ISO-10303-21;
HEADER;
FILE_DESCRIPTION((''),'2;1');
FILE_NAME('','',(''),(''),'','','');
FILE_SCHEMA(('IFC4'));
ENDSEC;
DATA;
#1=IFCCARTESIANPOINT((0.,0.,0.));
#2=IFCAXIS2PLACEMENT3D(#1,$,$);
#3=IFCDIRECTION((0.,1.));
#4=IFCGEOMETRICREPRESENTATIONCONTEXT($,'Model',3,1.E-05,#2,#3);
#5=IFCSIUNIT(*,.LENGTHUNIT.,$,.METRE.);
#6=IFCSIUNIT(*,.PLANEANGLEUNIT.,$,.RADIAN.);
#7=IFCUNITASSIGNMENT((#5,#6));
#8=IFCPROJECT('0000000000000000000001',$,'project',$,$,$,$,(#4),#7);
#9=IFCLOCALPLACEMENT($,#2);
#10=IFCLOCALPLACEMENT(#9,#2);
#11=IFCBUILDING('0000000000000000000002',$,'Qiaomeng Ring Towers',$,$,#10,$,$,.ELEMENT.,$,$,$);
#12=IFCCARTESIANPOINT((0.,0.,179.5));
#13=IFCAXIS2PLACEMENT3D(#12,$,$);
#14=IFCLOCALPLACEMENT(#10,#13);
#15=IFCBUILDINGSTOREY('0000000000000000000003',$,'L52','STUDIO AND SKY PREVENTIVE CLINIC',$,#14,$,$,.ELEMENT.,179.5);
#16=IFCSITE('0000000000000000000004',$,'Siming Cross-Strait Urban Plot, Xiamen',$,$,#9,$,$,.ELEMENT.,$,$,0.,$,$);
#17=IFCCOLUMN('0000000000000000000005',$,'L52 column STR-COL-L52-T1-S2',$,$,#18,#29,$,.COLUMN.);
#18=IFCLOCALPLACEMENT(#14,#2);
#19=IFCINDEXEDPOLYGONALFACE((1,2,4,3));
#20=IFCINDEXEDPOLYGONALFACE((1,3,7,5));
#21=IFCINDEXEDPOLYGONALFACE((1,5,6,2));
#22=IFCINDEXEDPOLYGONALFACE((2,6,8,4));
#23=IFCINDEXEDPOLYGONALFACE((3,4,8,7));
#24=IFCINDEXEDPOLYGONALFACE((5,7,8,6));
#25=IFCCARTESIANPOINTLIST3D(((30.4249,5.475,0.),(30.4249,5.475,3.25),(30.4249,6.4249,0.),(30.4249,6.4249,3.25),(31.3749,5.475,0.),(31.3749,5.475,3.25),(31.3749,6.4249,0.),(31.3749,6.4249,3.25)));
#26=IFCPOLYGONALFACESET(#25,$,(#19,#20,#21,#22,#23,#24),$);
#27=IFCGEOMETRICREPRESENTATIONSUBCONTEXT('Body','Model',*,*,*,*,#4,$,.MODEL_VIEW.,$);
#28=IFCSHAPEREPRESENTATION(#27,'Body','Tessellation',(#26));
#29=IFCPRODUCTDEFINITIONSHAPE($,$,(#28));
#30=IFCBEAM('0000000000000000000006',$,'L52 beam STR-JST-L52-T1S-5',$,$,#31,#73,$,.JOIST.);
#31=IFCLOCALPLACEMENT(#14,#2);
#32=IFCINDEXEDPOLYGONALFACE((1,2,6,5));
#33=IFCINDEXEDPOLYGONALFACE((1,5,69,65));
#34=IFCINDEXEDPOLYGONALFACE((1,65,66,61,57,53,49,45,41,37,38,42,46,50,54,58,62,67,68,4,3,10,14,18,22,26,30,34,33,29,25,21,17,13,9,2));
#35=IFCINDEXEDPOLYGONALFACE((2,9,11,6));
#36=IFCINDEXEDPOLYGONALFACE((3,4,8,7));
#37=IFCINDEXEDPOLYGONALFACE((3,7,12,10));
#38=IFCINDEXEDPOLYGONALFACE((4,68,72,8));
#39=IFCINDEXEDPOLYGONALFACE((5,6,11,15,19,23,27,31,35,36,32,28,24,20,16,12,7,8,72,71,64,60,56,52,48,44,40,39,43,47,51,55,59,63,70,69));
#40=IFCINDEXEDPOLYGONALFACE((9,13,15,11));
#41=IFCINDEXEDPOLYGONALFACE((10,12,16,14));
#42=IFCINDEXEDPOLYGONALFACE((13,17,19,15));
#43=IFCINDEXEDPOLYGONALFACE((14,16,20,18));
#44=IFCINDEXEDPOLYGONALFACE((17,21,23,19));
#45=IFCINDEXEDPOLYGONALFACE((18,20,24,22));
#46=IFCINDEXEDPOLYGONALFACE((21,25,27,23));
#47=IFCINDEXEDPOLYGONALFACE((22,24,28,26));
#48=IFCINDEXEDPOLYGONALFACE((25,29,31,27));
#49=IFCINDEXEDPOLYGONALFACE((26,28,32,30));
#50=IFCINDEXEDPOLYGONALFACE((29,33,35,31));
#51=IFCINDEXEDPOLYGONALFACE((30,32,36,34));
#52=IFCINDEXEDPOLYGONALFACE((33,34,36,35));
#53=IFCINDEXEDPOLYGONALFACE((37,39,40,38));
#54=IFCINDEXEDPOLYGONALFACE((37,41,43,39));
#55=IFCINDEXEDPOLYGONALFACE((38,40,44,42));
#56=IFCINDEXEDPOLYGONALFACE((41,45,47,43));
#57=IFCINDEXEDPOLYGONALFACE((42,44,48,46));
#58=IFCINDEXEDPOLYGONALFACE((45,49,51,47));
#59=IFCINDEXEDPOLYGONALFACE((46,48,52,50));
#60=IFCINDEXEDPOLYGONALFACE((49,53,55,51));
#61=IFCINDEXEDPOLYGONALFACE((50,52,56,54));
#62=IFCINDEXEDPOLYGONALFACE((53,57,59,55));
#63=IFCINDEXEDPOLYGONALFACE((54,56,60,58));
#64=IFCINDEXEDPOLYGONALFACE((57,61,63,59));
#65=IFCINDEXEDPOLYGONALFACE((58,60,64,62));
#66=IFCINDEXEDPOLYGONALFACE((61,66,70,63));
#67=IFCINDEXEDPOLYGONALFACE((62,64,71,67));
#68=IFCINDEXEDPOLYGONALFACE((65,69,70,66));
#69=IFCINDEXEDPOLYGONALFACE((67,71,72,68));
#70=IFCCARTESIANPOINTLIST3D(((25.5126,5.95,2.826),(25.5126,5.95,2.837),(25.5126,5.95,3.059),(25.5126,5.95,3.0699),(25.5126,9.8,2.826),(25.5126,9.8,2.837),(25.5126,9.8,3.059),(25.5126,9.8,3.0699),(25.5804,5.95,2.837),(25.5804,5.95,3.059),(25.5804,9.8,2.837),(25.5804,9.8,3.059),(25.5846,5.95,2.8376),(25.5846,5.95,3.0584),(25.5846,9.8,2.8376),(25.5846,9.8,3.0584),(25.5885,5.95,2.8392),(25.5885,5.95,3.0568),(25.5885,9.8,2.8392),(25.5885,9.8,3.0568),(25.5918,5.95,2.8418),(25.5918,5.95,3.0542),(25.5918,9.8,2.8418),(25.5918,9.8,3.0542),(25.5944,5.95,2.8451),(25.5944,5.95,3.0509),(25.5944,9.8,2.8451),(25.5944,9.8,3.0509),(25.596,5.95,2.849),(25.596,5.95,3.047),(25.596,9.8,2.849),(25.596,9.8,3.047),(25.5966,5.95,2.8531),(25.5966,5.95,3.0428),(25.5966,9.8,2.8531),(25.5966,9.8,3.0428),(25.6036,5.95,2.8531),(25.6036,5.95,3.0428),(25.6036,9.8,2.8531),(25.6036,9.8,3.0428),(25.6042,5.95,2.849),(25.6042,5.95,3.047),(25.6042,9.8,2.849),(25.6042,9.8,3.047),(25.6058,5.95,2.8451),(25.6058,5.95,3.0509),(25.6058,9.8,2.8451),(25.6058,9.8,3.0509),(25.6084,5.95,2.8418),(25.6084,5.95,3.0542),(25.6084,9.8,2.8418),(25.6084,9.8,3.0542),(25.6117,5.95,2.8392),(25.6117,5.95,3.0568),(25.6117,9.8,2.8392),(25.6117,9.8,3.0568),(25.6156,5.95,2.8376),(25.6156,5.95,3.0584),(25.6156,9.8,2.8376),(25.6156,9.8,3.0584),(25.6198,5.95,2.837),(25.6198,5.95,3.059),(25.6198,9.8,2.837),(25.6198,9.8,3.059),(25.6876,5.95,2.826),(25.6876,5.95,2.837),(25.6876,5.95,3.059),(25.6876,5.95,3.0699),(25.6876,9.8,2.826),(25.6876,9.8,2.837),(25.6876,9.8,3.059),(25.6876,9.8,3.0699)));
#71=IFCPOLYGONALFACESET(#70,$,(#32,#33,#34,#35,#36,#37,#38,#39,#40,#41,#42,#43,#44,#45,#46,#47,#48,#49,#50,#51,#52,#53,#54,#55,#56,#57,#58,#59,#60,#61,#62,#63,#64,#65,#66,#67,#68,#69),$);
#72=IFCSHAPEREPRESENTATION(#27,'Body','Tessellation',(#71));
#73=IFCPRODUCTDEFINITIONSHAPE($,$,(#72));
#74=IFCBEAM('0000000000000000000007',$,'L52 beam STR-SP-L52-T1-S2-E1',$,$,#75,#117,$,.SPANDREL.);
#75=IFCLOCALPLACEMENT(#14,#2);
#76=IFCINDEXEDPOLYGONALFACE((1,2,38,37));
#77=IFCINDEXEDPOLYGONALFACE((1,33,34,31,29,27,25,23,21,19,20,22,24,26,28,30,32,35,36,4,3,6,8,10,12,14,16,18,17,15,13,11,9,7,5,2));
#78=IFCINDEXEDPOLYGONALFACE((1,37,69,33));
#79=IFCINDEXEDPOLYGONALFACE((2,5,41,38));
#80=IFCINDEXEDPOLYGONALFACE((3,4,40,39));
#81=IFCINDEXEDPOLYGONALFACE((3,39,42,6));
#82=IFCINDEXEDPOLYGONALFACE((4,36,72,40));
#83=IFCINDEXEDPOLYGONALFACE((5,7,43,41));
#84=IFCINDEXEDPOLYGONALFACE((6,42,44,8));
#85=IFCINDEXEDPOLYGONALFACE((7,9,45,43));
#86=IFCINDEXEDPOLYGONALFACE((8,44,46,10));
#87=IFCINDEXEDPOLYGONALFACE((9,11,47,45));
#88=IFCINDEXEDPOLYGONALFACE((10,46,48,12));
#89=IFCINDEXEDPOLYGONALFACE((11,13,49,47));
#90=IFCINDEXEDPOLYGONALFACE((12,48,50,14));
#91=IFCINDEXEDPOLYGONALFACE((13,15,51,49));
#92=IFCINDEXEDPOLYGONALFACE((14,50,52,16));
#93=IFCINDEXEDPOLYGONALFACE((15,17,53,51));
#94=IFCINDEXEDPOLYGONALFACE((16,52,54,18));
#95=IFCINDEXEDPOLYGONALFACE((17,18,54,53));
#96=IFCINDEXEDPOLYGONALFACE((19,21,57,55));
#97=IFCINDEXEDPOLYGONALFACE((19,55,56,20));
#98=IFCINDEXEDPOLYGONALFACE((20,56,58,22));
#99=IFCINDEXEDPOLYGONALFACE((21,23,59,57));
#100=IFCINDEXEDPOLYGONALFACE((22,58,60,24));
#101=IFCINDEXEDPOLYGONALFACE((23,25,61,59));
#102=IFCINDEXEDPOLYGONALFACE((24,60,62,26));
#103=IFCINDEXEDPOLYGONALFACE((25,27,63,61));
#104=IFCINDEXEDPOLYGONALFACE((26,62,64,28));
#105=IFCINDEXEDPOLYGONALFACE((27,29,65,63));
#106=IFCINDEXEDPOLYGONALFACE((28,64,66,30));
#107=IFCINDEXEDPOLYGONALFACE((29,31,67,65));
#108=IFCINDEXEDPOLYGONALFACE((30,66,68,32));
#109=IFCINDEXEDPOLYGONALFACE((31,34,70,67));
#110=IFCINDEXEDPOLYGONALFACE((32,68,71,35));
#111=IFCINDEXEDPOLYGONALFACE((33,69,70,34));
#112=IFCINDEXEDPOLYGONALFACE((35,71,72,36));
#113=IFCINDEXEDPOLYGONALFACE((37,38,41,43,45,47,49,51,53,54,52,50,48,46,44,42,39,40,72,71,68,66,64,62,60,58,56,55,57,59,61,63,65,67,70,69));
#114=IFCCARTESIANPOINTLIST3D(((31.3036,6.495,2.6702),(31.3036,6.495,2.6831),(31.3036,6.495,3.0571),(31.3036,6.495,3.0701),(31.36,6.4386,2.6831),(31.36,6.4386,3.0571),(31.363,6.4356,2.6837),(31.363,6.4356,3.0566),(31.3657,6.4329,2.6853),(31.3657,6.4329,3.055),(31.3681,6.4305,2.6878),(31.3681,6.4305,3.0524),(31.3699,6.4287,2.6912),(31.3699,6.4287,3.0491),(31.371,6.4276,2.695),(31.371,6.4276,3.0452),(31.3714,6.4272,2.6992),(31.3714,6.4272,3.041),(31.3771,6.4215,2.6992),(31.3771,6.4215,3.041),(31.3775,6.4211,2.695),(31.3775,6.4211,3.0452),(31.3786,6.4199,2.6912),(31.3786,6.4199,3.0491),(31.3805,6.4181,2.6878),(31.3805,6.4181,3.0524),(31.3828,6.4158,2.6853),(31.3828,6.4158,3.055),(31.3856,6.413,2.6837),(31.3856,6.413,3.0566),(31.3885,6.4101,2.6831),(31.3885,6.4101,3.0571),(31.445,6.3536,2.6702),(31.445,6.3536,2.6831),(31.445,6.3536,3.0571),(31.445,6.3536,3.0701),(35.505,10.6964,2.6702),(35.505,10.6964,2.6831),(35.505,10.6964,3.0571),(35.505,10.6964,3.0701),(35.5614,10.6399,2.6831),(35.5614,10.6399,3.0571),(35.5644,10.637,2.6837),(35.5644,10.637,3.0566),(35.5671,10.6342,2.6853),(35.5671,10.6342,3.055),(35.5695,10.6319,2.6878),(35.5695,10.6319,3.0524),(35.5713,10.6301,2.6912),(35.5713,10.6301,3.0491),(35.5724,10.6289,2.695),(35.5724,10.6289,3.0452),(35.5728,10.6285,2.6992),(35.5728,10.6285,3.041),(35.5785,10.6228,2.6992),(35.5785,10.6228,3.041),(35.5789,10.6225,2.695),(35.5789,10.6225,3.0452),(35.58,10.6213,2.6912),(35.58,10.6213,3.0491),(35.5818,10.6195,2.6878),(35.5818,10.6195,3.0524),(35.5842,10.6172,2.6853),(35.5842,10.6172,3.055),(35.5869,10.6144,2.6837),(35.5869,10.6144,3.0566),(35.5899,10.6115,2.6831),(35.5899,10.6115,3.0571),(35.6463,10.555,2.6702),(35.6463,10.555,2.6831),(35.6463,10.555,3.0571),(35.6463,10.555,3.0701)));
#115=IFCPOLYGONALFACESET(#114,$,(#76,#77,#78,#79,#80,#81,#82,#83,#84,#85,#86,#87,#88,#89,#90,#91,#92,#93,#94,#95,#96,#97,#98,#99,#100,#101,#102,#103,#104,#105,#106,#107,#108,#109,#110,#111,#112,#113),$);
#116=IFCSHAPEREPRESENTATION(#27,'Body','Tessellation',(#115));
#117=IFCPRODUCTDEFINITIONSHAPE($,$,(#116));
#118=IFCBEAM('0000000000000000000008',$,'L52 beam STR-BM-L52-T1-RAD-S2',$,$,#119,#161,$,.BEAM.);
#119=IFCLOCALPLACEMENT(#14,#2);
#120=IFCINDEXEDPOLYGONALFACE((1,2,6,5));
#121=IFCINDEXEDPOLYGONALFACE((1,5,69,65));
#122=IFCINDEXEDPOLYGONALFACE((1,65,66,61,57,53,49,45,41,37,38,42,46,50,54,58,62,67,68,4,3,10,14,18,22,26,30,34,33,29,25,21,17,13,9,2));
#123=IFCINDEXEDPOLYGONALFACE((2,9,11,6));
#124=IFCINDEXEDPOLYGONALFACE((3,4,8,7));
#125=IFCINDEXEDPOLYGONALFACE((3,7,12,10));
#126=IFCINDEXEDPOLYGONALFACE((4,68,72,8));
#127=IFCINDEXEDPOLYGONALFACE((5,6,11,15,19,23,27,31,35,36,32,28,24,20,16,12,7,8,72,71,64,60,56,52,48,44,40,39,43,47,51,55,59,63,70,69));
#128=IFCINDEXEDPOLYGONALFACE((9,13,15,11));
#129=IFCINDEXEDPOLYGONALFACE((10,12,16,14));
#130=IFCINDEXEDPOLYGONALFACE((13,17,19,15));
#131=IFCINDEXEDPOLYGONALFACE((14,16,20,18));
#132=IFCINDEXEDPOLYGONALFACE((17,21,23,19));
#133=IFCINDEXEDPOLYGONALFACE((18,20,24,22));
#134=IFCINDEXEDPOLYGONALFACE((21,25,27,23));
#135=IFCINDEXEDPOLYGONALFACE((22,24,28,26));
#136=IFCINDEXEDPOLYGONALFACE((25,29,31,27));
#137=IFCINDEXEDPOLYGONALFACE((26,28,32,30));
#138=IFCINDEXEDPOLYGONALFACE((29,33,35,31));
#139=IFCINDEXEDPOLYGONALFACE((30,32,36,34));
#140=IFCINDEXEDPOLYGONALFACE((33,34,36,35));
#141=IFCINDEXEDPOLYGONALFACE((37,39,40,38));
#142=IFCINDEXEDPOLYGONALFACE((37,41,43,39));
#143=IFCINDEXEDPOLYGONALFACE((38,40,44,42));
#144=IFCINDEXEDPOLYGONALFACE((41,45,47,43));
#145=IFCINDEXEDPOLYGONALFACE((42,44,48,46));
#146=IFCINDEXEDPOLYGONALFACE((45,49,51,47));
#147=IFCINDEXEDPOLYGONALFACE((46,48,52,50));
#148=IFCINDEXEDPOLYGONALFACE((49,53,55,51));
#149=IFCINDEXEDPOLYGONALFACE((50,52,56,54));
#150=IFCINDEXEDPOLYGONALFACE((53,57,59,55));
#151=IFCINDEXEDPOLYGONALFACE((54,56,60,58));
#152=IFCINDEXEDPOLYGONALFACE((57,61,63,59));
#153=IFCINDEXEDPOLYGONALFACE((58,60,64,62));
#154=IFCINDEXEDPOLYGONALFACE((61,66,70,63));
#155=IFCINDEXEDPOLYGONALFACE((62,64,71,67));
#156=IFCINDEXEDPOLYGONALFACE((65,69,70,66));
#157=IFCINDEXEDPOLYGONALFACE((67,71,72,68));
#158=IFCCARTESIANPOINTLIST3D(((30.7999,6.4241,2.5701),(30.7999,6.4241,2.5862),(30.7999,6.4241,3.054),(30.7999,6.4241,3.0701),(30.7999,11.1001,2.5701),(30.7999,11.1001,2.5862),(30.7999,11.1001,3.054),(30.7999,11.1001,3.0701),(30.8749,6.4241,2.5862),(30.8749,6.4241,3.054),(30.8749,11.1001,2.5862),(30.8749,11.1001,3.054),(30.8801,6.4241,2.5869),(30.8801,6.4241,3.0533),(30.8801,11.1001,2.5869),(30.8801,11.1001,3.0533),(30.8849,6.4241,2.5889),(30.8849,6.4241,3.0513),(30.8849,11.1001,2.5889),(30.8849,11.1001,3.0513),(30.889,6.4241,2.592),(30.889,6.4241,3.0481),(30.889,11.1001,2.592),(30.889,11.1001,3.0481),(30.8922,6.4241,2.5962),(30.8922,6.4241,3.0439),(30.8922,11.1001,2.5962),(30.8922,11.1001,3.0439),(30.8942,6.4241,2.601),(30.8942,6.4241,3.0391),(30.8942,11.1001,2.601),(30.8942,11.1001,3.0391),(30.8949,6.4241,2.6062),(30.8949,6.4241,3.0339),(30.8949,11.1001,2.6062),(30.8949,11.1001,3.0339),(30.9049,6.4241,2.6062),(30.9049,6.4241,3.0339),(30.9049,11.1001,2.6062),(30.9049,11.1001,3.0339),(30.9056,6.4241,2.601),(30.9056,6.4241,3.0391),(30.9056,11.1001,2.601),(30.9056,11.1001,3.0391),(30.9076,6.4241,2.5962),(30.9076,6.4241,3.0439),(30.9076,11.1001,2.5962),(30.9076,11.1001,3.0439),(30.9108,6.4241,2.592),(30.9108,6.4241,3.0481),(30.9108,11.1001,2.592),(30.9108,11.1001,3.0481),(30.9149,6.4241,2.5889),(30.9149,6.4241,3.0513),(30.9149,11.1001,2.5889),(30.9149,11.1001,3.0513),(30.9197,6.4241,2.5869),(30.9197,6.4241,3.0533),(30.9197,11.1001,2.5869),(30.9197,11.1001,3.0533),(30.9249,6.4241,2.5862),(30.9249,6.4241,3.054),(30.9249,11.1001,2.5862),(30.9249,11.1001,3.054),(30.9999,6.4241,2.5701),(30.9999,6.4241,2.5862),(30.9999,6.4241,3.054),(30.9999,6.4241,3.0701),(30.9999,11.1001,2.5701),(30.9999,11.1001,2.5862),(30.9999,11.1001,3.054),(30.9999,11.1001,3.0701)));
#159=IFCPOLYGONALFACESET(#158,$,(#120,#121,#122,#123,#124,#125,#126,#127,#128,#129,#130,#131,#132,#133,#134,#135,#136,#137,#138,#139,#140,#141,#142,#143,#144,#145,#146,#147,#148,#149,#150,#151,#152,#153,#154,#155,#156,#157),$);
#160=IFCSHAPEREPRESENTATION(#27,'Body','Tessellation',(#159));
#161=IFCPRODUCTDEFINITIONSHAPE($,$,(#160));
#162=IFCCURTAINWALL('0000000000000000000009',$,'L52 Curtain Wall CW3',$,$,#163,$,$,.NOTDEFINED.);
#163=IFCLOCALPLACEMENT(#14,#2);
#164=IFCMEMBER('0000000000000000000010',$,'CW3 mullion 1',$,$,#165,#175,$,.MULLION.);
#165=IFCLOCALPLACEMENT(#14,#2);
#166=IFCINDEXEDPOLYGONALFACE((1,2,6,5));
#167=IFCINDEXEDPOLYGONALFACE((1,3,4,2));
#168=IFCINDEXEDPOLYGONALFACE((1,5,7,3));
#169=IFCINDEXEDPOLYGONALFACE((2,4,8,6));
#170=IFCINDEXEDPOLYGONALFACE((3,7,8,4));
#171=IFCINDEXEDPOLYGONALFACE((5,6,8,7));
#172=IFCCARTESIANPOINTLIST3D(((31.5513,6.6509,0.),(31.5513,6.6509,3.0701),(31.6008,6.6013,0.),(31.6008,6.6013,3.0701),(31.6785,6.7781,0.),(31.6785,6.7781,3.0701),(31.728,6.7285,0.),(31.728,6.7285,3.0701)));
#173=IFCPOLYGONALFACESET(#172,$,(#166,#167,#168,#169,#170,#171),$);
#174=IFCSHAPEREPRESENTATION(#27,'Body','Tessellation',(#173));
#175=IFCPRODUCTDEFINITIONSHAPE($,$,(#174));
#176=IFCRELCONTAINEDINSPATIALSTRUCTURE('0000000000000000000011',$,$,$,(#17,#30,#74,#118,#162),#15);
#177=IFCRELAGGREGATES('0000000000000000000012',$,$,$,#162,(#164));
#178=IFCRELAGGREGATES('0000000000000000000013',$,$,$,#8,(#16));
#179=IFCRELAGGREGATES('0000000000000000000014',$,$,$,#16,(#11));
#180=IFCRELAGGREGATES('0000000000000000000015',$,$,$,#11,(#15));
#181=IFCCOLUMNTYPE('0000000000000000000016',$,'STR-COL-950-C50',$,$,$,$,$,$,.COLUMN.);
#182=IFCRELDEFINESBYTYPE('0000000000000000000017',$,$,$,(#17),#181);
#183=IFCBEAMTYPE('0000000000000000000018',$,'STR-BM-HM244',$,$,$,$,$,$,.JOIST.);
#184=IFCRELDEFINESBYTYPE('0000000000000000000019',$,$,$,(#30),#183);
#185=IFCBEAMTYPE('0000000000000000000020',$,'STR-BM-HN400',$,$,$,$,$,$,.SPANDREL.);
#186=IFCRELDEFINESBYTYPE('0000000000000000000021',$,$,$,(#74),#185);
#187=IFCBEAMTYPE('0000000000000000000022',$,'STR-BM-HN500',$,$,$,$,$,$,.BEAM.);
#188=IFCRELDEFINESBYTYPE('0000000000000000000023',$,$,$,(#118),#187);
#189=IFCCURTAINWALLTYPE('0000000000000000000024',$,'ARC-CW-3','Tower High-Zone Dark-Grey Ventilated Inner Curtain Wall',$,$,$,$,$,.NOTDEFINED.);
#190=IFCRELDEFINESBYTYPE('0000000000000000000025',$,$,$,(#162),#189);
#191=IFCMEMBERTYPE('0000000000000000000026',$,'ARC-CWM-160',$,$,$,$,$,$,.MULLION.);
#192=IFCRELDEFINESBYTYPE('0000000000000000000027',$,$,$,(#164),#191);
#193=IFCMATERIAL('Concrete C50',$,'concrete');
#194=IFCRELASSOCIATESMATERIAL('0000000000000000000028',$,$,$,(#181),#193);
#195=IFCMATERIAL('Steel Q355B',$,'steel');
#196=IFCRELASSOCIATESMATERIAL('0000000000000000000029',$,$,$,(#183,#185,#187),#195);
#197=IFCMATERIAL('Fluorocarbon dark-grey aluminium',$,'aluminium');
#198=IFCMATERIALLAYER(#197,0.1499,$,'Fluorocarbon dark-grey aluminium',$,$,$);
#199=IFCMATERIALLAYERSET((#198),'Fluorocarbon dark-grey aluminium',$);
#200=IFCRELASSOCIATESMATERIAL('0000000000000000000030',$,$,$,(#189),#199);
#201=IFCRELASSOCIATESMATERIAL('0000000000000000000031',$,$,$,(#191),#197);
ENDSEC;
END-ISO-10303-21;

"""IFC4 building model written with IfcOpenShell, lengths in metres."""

from ifc_helpers import new_model, si_unit, direction, frame, origin, origin_2d, place, context, subcontext, project, spatial, rectangle, i_section, extrude, source, transform, mapped, material, layer, layer_set, material_profile, profile_set, type_object, element, aggregate, save


model = new_model("IFC4")

# Units and contexts
model_context = context("Model", 3, precision=1e-05, world=origin(), true_north=direction((0.0, 1.0)))
body_context = subcontext(model_context, "Body", "Model", "MODEL_VIEW")
ifc_project = project(units=[si_unit("LENGTHUNIT", "METRE"), si_unit("PLANEANGLEUNIT", "RADIAN")], contexts=[model_context])

# Site, building, storey
site_placement = place(None, origin())
site = spatial("IfcSite", under=ifc_project, at=site_placement, Name="Siming Cross-Strait Urban Plot, Xiamen", CompositionType="ELEMENT", RefElevation=0.0)
building_placement = place(site_placement, origin())
building = spatial("IfcBuilding", under=site, at=building_placement, Name="Qiaomeng Ring Towers", CompositionType="ELEMENT")
storey_placement = place(building_placement, frame((0.0, 0.0, 179.5)))
storey = spatial("IfcBuildingStorey", under=building, at=storey_placement, Name="L52", Description="STUDIO AND SKY PREVENTIVE CLINIC", CompositionType="ELEMENT", Elevation=179.5)

# Column
ifc_material_1 = material(Name="Concrete C50", Category="concrete")
ifc_material_profile_1 = material_profile(ifc_material_1, rectangle(XDim=0.95, YDim=0.95, at=origin_2d()), Name="RC COL 950x950")
ifc_profile_set_1 = profile_set([ifc_material_profile_1], Name="Concrete C50")
column_type = type_object("IfcColumnType", Name="STR-COL-950-C50", PredefinedType="COLUMN", material=ifc_profile_set_1)
shared_shape_1 = source(origin(), body_context, "Body", "SweptSolid", [
    extrude(rectangle(XDim=0.95, YDim=0.95, at=origin_2d()), origin(), (0.0, 0.0, 1.0), 3.25),
])
column_placement = place(storey_placement, frame((30.8999, 5.95, 0.0), z_axis=(0.0, 0.0, 1.0), x_axis=(1.0, 0.0, 0.0)))
element("IfcColumn", 1, at=column_placement, inside=storey, type_object=column_type, Name="L52 column STR-COL-L52-T1-S2", PredefinedType="COLUMN", context=body_context, shape_type="MappedRepresentation", body=[
    mapped(shared_shape_1, transform((0.0, 0.0, 0.0), x_axis=(1.0, 0.0, 0.0), y_axis=(0.0, 1.0, 0.0), z_axis=(0.0, 0.0, 1.0), scale=1.0)),
])

# Beams
ifc_material_2 = material(Name="Steel Q355B", Category="steel")
ifc_material_profile_2 = material_profile(ifc_material_2, i_section(OverallWidth=0.175, OverallDepth=0.2439, WebThickness=0.0071, FlangeThickness=0.011, FilletRadius=0.0161, at=origin_2d()), Name="HM 244x175x7x11")
ifc_profile_set_2 = profile_set([ifc_material_profile_2], Name="Steel Q355B")
beam_type_1 = type_object("IfcBeamType", Name="STR-BM-HM244", PredefinedType="JOIST", material=ifc_profile_set_2)
shared_shape_2 = source(origin(), body_context, "Body", "SweptSolid", [
    extrude(i_section(OverallWidth=0.175, OverallDepth=0.2439, WebThickness=0.0071, FlangeThickness=0.011, FilletRadius=0.0161, at=origin_2d()), origin(), (0.0, 0.0, 1.0), 3.8501),
])
beam_1_placement = place(storey_placement, frame((25.6001, 5.95, 2.948), z_axis=(0.0, 1.0, 0.0), x_axis=(-1.0, 0.0, 0.0)))
element("IfcBeam", 2, at=beam_1_placement, inside=storey, type_object=beam_type_1, Name="L52 beam STR-JST-L52-T1S-5", PredefinedType="JOIST", context=body_context, shape_type="MappedRepresentation", body=[
    mapped(shared_shape_2, transform((0.0, 0.0, 0.0), x_axis=(1.0, 0.0, 0.0), y_axis=(0.0, 1.0, 0.0), z_axis=(0.0, 0.0, 1.0), scale=1.0)),
])
ifc_material_profile_3 = material_profile(ifc_material_2, i_section(OverallWidth=0.2, OverallDepth=0.3999, WebThickness=0.0081, FlangeThickness=0.0129, FilletRadius=0.0161, at=origin_2d()), Name="HN 400x200x8x13")
ifc_profile_set_3 = profile_set([ifc_material_profile_3], Name="Steel Q355B")
beam_type_2 = type_object("IfcBeamType", Name="STR-BM-HN400", PredefinedType="SPANDREL", material=ifc_profile_set_3)
shared_shape_3 = source(origin(), body_context, "Body", "SweptSolid", [
    extrude(i_section(OverallWidth=0.2, OverallDepth=0.3999, WebThickness=0.0081, FlangeThickness=0.0129, FilletRadius=0.0161, at=origin_2d()), origin(), (0.0, 0.0, 1.0), 5.9417),
])
beam_2_placement = place(storey_placement, frame((31.3743, 6.4243, 2.8701), z_axis=(0.707107, 0.707107, 0.0), x_axis=(-0.707107, 0.707107, 0.0)))
element("IfcBeam", 3, at=beam_2_placement, inside=storey, type_object=beam_type_2, Name="L52 beam STR-SP-L52-T1-S2-E1", PredefinedType="SPANDREL", context=body_context, shape_type="MappedRepresentation", body=[
    mapped(shared_shape_3, transform((0.0, 0.0, 0.0), x_axis=(1.0, 0.0, 0.0), y_axis=(0.0, 1.0, 0.0), z_axis=(0.0, 0.0, 1.0), scale=1.0)),
])
ifc_material_profile_4 = material_profile(ifc_material_2, i_section(OverallWidth=0.2, OverallDepth=0.5, WebThickness=0.01, FlangeThickness=0.0161, FilletRadius=0.02, at=origin_2d()), Name="HN 500x200x10x16")
ifc_profile_set_4 = profile_set([ifc_material_profile_4], Name="Steel Q355B")
beam_type_3 = type_object("IfcBeamType", Name="STR-BM-HN500", PredefinedType="BEAM", material=ifc_profile_set_4)
shared_shape_4 = source(origin(), body_context, "Body", "SweptSolid", [
    extrude(i_section(OverallWidth=0.2, OverallDepth=0.5, WebThickness=0.01, FlangeThickness=0.0161, FilletRadius=0.02, at=origin_2d()), origin(), (0.0, 0.0, 1.0), 4.676),
])
beam_3_placement = place(storey_placement, frame((30.8999, 6.4241, 2.8201), z_axis=(0.0, 1.0, 0.0), x_axis=(-1.0, 0.0, 0.0)))
element("IfcBeam", 4, at=beam_3_placement, inside=storey, type_object=beam_type_3, Name="L52 beam STR-BM-L52-T1-RAD-S2", PredefinedType="BEAM", context=body_context, shape_type="MappedRepresentation", body=[
    mapped(shared_shape_4, transform((0.0, 0.0, 0.0), x_axis=(1.0, 0.0, 0.0), y_axis=(0.0, 1.0, 0.0), z_axis=(0.0, 0.0, 1.0), scale=1.0)),
])

# Curtain wall, member
ifc_material_3 = material(Name="Fluorocarbon dark-grey aluminium", Category="aluminium")
ifc_layer_1 = layer(ifc_material_3, 0.1499, Name="Fluorocarbon dark-grey aluminium")
ifc_layer_set_1 = layer_set([ifc_layer_1], Name="Fluorocarbon dark-grey aluminium")
curtain_wall_type = type_object("IfcCurtainWallType", Name="ARC-CW-3", Description="Tower High-Zone Dark-Grey Ventilated Inner Curtain Wall", PredefinedType="NOTDEFINED", material=ifc_layer_set_1)
curtain_wall_placement = place(storey_placement, origin())
curtain_wall = element("IfcCurtainWall", 5, at=curtain_wall_placement, inside=storey, type_object=curtain_wall_type, Name="L52 Curtain Wall CW3", PredefinedType="NOTDEFINED")
ifc_material_profile_5 = material_profile(ifc_material_3, rectangle(XDim=0.0701, YDim=0.1799, at=origin_2d()), Name="ALU MULL 70x180")
ifc_profile_set_5 = profile_set([ifc_material_profile_5], Name="Fluorocarbon dark-grey aluminium")
member_type_1 = type_object("IfcMemberType", Name="ARC-CWM-160", PredefinedType="MULLION", material=ifc_profile_set_5)
shared_shape_5 = source(origin(), body_context, "Body", "SweptSolid", [
    extrude(rectangle(XDim=0.0701, YDim=0.1799, at=origin_2d()), origin(), (0.0, 0.0, 1.0), 3.0701),
])
member_1_placement = place(storey_placement, frame((31.6396, 6.6897, 0.0), z_axis=(0.0, 0.0, 1.0), x_axis=(-0.707107, 0.707107, 0.0)))
member_1 = element("IfcMember", 6, at=member_1_placement, type_object=member_type_1, Name="CW3 mullion 1", PredefinedType="MULLION", context=body_context, shape_type="MappedRepresentation", body=[
    mapped(shared_shape_5, transform((0.0, 0.0, 0.0), x_axis=(1.0, 0.0, 0.0), y_axis=(0.0, 1.0, 0.0), z_axis=(0.0, 0.0, 1.0), scale=1.0)),
])
aggregate(curtain_wall, [member_1])

save(model, "model.ifc")
